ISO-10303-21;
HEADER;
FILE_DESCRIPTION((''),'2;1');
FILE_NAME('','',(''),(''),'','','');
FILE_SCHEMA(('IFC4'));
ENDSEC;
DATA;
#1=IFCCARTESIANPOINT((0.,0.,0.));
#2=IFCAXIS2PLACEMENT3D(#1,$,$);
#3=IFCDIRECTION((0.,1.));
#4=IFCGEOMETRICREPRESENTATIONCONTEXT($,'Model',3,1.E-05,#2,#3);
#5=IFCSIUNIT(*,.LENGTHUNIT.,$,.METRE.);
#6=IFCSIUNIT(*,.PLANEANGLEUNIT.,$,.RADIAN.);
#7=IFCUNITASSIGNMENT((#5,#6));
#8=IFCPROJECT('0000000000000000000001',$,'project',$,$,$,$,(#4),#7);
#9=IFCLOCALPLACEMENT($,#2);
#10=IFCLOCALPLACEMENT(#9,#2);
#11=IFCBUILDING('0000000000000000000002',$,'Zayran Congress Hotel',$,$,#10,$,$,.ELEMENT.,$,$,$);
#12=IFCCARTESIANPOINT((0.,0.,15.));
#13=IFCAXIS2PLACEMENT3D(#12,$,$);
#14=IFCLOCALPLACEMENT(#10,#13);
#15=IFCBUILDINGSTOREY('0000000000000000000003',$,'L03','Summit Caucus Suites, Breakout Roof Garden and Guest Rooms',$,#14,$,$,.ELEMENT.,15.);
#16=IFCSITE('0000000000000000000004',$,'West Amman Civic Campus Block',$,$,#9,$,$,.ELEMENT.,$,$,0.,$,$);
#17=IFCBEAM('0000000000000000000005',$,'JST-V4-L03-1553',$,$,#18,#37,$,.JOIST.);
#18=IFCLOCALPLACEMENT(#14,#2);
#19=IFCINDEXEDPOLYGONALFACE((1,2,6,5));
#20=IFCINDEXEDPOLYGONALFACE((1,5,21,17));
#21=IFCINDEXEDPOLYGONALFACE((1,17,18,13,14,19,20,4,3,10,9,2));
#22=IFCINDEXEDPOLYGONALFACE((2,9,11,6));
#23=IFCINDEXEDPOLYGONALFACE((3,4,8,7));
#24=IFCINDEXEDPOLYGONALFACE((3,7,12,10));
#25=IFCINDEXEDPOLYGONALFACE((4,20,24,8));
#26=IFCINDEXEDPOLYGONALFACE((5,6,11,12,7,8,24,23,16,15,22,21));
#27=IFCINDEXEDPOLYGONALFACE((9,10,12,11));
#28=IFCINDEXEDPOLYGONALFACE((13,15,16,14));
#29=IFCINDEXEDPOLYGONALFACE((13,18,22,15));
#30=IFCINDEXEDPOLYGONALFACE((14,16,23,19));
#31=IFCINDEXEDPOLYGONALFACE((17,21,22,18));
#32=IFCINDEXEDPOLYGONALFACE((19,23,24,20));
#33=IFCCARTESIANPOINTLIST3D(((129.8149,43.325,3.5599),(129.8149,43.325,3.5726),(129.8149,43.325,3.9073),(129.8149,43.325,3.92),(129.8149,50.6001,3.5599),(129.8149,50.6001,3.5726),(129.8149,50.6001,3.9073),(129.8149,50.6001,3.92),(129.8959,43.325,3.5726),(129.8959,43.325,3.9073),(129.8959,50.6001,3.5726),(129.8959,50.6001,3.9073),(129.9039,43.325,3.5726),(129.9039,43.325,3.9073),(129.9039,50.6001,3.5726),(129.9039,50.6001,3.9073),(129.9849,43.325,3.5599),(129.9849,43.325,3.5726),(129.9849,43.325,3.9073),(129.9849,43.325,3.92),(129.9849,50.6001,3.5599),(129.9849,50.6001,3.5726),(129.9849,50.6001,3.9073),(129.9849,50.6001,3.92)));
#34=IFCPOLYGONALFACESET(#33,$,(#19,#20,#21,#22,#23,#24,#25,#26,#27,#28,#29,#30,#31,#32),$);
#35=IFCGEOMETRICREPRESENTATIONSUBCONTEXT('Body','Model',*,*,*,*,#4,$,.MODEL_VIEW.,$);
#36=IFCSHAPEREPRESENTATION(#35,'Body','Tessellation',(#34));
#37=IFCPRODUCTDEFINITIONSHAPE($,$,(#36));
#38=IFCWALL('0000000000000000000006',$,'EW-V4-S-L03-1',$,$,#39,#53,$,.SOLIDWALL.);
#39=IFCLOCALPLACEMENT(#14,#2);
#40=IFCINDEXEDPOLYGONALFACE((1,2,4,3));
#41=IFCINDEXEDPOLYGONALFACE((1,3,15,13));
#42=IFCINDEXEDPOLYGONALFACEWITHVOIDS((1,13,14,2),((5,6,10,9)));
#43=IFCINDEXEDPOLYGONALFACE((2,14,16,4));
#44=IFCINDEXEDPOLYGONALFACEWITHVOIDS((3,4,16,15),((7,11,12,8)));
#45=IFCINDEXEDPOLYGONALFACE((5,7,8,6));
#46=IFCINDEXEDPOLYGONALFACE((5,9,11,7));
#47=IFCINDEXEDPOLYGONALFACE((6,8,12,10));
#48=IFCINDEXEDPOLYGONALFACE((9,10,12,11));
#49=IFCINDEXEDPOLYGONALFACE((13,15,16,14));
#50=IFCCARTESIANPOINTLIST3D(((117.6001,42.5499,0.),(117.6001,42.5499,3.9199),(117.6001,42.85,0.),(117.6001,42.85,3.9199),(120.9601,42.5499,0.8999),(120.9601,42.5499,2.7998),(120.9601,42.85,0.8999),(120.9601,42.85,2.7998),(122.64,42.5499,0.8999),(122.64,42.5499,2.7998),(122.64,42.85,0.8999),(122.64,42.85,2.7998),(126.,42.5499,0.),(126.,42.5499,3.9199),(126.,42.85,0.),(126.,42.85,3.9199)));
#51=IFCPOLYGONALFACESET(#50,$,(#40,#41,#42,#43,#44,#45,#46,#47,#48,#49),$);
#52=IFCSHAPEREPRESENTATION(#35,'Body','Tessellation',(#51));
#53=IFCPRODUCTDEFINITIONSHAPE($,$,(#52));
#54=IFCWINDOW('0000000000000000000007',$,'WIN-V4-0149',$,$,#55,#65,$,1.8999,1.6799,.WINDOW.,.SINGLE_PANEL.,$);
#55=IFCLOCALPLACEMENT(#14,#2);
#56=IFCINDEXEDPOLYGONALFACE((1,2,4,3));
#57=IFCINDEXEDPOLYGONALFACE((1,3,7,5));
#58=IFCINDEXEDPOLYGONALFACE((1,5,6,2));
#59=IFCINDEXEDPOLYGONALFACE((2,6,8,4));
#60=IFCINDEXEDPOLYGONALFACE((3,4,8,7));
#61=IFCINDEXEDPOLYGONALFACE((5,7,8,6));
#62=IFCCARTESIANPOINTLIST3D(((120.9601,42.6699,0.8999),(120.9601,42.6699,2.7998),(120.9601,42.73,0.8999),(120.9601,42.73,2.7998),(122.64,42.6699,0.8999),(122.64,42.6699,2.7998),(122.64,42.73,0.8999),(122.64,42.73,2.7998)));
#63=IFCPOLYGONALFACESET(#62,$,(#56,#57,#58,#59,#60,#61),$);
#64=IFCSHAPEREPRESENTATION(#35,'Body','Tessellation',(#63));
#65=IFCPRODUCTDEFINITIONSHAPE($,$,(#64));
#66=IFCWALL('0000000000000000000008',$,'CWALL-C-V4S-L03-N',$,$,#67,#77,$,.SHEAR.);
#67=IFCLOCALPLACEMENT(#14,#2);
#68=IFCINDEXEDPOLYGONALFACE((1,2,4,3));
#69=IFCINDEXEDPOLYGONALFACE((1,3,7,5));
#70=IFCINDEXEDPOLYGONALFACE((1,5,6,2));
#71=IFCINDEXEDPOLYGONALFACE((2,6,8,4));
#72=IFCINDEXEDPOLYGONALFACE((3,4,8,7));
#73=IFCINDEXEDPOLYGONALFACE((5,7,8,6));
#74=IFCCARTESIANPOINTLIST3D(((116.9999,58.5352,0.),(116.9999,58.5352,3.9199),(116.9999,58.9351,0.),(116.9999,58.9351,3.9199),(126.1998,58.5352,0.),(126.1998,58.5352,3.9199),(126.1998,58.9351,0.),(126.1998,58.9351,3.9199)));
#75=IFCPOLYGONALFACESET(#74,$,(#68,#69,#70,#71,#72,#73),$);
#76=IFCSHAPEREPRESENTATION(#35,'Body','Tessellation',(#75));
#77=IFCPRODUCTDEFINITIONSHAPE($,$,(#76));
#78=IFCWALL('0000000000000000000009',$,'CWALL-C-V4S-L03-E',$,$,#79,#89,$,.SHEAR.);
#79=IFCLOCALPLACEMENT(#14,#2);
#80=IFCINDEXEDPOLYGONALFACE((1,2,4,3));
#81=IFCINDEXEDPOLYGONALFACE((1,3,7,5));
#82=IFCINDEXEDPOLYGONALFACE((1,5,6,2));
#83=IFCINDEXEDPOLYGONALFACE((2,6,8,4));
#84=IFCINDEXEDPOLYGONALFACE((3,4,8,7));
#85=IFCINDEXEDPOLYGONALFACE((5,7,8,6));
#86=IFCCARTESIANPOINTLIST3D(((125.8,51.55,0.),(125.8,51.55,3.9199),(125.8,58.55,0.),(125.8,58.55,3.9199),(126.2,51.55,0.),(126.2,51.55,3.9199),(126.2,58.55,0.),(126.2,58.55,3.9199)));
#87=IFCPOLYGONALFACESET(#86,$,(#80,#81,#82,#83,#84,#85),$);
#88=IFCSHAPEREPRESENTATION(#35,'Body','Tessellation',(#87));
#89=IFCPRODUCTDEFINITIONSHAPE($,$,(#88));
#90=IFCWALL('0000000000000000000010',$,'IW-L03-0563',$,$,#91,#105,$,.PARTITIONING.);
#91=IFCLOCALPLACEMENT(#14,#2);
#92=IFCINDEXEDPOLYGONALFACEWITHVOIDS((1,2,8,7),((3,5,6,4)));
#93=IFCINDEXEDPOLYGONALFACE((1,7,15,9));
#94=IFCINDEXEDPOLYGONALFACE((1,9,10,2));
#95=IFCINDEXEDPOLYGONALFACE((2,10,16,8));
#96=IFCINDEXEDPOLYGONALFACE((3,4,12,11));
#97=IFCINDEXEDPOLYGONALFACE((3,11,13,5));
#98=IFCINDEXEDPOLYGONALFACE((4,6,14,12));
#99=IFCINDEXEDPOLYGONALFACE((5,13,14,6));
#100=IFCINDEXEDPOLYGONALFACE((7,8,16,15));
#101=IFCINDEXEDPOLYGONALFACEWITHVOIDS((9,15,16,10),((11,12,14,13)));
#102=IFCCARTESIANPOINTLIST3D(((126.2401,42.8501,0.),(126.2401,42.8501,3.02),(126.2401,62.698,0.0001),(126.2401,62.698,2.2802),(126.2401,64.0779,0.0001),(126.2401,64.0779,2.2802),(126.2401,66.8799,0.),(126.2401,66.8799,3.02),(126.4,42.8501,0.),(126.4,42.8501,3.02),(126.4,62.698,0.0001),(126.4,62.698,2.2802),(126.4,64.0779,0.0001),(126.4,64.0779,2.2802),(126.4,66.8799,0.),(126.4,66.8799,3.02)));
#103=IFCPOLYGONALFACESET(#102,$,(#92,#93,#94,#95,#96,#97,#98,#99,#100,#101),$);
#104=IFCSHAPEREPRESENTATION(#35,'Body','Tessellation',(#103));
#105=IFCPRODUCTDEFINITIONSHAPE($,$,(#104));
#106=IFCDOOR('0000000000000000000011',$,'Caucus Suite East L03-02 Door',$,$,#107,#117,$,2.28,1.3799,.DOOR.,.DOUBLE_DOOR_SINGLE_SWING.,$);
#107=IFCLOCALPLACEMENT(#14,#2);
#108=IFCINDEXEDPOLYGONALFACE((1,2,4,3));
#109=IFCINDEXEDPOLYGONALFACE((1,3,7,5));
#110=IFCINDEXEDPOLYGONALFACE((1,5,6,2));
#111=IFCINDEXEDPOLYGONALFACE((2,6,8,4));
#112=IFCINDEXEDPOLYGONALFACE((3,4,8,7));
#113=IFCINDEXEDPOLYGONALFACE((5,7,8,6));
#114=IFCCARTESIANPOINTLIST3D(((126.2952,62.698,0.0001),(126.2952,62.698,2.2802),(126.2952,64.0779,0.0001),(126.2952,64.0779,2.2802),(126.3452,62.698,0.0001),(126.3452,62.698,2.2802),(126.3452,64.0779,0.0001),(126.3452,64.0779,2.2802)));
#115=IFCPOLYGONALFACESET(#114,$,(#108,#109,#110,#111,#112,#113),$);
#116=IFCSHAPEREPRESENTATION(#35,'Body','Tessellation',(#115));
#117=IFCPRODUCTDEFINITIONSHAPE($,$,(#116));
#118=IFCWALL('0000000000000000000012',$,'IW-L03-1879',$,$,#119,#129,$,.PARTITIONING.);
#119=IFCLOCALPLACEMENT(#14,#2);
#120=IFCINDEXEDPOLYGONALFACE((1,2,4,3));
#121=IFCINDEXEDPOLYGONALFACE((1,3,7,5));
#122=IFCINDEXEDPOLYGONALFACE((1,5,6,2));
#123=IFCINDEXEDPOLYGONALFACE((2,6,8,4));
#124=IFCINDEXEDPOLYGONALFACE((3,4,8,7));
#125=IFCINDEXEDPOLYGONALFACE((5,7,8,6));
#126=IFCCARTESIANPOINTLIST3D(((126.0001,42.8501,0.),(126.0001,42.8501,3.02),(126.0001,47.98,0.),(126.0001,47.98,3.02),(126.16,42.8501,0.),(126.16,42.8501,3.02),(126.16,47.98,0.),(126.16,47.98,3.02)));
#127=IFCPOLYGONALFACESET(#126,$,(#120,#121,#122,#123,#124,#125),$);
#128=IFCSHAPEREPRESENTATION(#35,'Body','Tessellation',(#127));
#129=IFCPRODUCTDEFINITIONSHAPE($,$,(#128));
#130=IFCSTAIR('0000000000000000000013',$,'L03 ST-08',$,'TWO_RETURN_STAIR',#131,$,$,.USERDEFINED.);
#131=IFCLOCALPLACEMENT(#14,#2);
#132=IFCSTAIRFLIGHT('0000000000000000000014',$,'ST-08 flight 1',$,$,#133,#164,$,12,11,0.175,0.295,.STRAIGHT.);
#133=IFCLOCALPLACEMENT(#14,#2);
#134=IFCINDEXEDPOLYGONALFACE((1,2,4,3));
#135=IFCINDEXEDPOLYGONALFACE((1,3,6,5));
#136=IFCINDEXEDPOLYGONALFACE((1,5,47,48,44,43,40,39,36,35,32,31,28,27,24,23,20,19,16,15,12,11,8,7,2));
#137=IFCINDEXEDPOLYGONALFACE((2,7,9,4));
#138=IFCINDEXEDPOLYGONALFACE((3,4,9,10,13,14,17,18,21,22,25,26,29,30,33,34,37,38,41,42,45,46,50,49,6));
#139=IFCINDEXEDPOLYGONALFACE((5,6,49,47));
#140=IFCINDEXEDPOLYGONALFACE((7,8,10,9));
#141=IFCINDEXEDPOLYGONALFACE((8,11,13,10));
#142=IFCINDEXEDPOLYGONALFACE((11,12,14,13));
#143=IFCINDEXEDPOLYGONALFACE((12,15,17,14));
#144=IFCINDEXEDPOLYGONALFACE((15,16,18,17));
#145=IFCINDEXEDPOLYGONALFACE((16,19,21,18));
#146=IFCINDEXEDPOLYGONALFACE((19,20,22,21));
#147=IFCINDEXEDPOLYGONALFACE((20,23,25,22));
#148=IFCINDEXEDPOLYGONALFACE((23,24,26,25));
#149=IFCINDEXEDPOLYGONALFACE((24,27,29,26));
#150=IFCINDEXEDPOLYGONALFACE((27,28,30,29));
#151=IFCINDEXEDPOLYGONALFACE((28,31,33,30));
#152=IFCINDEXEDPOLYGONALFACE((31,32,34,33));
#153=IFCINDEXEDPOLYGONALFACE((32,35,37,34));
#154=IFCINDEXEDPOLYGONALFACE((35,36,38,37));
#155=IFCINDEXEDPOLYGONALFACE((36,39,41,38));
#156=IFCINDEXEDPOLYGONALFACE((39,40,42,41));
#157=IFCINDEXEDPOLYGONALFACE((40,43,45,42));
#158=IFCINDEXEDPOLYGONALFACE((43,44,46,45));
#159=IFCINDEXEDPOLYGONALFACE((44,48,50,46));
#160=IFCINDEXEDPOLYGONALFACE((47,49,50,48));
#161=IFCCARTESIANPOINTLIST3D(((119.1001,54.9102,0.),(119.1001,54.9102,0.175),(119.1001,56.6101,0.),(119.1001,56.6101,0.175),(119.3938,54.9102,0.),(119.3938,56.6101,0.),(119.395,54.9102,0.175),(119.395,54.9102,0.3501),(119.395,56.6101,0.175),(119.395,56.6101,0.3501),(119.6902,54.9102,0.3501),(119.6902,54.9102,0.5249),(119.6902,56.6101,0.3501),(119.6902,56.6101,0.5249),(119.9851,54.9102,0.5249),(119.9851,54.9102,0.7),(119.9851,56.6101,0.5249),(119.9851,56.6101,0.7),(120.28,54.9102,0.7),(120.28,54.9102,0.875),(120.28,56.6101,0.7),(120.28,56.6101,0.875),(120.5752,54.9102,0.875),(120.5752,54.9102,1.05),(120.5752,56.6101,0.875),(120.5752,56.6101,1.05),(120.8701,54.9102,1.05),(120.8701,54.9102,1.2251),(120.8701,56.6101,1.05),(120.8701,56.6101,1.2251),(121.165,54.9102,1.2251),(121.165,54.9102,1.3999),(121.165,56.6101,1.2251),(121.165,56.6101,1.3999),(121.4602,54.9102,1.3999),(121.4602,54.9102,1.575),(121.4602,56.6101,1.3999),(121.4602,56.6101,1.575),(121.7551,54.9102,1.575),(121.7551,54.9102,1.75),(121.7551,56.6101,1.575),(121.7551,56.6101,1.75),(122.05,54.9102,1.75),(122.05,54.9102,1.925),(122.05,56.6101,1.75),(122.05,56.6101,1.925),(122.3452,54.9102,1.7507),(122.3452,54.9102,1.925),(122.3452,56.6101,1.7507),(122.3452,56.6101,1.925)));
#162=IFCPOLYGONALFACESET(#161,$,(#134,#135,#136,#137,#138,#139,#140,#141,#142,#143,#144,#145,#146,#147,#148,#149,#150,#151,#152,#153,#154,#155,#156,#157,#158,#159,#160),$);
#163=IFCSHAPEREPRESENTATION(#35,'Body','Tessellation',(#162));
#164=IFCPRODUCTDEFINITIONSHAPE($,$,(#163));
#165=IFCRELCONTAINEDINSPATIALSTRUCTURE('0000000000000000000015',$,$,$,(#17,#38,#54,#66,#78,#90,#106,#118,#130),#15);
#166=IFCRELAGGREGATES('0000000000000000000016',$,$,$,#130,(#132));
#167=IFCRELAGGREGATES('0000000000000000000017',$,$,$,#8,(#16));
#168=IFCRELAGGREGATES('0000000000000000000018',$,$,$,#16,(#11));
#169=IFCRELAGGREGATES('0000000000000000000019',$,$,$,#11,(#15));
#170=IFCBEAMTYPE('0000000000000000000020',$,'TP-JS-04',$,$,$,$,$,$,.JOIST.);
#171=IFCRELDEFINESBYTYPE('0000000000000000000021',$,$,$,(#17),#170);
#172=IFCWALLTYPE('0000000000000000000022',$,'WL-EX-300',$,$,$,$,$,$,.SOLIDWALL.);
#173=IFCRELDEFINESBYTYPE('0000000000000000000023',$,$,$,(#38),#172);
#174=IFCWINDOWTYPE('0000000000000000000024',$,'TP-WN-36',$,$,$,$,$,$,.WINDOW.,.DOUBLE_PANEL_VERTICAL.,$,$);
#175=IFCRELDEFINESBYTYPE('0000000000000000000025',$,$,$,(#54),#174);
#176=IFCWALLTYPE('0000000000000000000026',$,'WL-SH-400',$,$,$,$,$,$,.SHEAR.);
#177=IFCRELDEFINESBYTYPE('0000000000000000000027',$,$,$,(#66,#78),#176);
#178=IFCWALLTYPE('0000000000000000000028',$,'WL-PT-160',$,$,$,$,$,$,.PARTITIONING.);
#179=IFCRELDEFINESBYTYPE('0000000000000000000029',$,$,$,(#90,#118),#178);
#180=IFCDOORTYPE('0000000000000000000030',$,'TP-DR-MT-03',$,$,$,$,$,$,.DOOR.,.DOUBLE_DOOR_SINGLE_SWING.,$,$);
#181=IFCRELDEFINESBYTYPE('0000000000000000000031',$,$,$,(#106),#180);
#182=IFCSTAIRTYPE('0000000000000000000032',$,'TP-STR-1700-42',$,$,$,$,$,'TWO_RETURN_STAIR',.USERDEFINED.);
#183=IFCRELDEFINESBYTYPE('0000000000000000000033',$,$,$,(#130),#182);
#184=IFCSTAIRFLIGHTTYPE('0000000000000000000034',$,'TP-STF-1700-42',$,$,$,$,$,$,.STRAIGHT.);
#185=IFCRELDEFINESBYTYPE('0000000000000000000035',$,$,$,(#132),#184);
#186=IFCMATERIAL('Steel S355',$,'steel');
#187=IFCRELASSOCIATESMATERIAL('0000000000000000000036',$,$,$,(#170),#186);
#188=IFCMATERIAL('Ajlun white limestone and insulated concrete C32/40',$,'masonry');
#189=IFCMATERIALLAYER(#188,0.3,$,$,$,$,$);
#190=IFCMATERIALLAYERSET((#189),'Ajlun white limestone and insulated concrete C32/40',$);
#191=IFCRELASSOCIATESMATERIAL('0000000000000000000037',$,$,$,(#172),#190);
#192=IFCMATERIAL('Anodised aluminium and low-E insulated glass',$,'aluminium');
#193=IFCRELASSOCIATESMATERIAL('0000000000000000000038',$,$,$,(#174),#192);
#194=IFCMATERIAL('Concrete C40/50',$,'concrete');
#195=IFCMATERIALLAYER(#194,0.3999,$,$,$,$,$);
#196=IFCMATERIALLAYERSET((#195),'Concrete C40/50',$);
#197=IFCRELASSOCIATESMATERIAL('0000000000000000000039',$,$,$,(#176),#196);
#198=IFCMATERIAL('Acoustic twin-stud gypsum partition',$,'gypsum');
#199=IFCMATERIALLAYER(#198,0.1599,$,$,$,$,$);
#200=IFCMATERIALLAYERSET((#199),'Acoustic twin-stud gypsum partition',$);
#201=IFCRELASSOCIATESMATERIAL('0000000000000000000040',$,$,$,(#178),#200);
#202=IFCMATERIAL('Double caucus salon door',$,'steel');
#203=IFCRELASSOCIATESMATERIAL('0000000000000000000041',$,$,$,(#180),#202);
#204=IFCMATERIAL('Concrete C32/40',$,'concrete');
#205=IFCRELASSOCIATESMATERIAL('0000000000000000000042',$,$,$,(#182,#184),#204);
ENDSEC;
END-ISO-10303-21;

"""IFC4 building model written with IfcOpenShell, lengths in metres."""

from ifc_helpers import new_model, si_unit, direction, frame, frame_2d, origin, origin_2d, place, context, subcontext, project, spatial, polyline, rectangle, i_section, outline, extrude, material, layer, layer_set, material_profile, profile_set, type_object, element, fill, aggregate, save


model = new_model("IFC4")

# Units and contexts
model_context = context("Model", 3, precision=1e-05, world=origin(), true_north=direction((0.0, 1.0)))
body_context = subcontext(model_context, "Body", "Model", "MODEL_VIEW")
ifc_project = project(units=[si_unit("LENGTHUNIT", "METRE"), si_unit("PLANEANGLEUNIT", "RADIAN")], contexts=[model_context])

# Site, building, storey
site_placement = place(None, origin())
site = spatial("IfcSite", under=ifc_project, at=site_placement, Name="West Amman Civic Campus Block", CompositionType="ELEMENT", RefElevation=0.0)
building_placement = place(site_placement, origin())
building = spatial("IfcBuilding", under=site, at=building_placement, Name="Zayran Congress Hotel", CompositionType="ELEMENT")
storey_placement = place(building_placement, frame((0.0, 0.0, 15.0)))
storey = spatial("IfcBuildingStorey", under=building, at=storey_placement, Name="L03", Description="Summit Caucus Suites, Breakout Roof Garden and Guest Rooms", CompositionType="ELEMENT", Elevation=15.0)

# Shared definitions
ifc_material_1 = material(Name="Concrete C40/50", Category="concrete")

# Beam
ifc_material_2 = material(Name="Steel S355", Category="steel")
ifc_material_profile_1 = material_profile(ifc_material_2, i_section(OverallWidth=0.1699, OverallDepth=0.3601, WebThickness=0.0081, FlangeThickness=0.0127, at=origin_2d()), Name="IPE 360")
ifc_profile_set_1 = profile_set([ifc_material_profile_1], Name="Steel S355")
beam_type_1 = type_object("IfcBeamType", Name="TP-JS-04", PredefinedType="JOIST", material=ifc_profile_set_1)
beam_1_placement = place(storey_placement, frame((129.8999, 43.325, 3.74), z_axis=(0.0, 1.0, 0.0), x_axis=(-1.0, 0.0, 0.0)))
element("IfcBeam", 1, at=beam_1_placement, inside=storey, type_object=beam_type_1, Name="JST-V4-L03-1553", PredefinedType="JOIST", context=body_context, shape_type="SweptSolid", body=[
    extrude(i_section(OverallWidth=0.1699, OverallDepth=0.3601, WebThickness=0.0081, FlangeThickness=0.0127, at=origin_2d()), origin(), (0.0, 0.0, 1.0), 7.2751),
])

# Wall, opening, window
ifc_material_3 = material(Name="Ajlun white limestone and insulated concrete C32/40", Category="masonry")
ifc_layer_1 = layer(ifc_material_3, 0.3)
ifc_layer_set_1 = layer_set([ifc_layer_1], Name="Ajlun white limestone and insulated concrete C32/40")
wall_type_1 = type_object("IfcWallType", Name="WL-EX-300", PredefinedType="SOLIDWALL", material=ifc_layer_set_1)
wall_1_placement = place(storey_placement, frame((126.0, 42.7, 0.0), z_axis=(0.0, 0.0, 1.0), x_axis=(-1.0, 0.0, 0.0)))
wall_1 = element("IfcWall", 2, at=wall_1_placement, inside=storey, type_object=wall_type_1, Name="EW-V4-S-L03-1", PredefinedType="SOLIDWALL", context=body_context, shape_type="SweptSolid", body=[
    extrude(rectangle(XDim=8.3999, YDim=0.3, at=frame_2d((4.2, 0.0))), origin(), (0.0, 0.0, 1.0), 3.9199),
])
opening_1_placement = place(wall_1_placement, frame((3.3601, 0.0, 0.8999)))
opening_1 = element("IfcOpeningElement", 3, at=opening_1_placement, cuts=wall_1, PredefinedType="OPENING", context=body_context, shape_type="SweptSolid", body=[
    extrude(rectangle(XDim=1.6799, YDim=1.8999, at=frame_2d((0.8398, 0.95))), frame((0.0, 0.1599, 0.0), z_axis=(0.0, -1.0, 0.0), x_axis=(1.0, 0.0, 0.0)), (0.0, 0.0, 1.0), 0.3201),
])
ifc_material_4 = material(Name="Anodised aluminium and low-E insulated glass", Category="aluminium")
window_type = type_object("IfcWindowType", Name="TP-WN-36", PartitioningType="DOUBLE_PANEL_VERTICAL", PredefinedType="WINDOW", material=ifc_material_4)
window_placement = place(opening_1_placement, origin())
window = element("IfcWindow", 4, at=window_placement, inside=storey, type_object=window_type, Name="WIN-V4-0149", OverallHeight=1.8999, OverallWidth=1.6799, PartitioningType="SINGLE_PANEL", PredefinedType="WINDOW", context=body_context, shape_type="SweptSolid", body=[
    extrude(rectangle(XDim=1.6799, YDim=1.8999, at=frame_2d((0.8398, 0.95))), frame((0.0, 0.03, 0.0), z_axis=(0.0, -1.0, 0.0), x_axis=(1.0, 0.0, 0.0)), (0.0, 0.0, 1.0), 0.0601),
])
fill(opening_1, window)

# Walls
ifc_layer_2 = layer(ifc_material_1, 0.3999)
ifc_layer_set_2 = layer_set([ifc_layer_2], Name="Concrete C40/50")
wall_type_2 = type_object("IfcWallType", Name="WL-SH-400", PredefinedType="SHEAR", material=ifc_layer_set_2)
wall_2_placement = place(storey_placement, frame((126.2, 58.7351, 0.0), z_axis=(0.0, 0.0, 1.0), x_axis=(-1.0, 0.0, 0.0)))
element("IfcWall", 5, at=wall_2_placement, inside=storey, type_object=wall_type_2, Name="CWALL-C-V4S-L03-N", PredefinedType="SHEAR", context=body_context, shape_type="SweptSolid", body=[
    extrude(rectangle(XDim=9.2, YDim=0.3999, at=frame_2d((4.6001, 0.0))), origin(), (0.0, 0.0, 1.0), 3.9199),
])
wall_3_placement = place(storey_placement, frame((126.0, 51.55, 0.0), z_axis=(0.0, 0.0, 1.0), x_axis=(0.0, 1.0, 0.0)))
element("IfcWall", 6, at=wall_3_placement, inside=storey, type_object=wall_type_2, Name="CWALL-C-V4S-L03-E", PredefinedType="SHEAR", context=body_context, shape_type="SweptSolid", body=[
    extrude(rectangle(XDim=7.0, YDim=0.3999, at=frame_2d((3.5, 0.0))), origin(), (0.0, 0.0, 1.0), 3.9199),
])

# Wall, opening, door
ifc_material_5 = material(Name="Acoustic twin-stud gypsum partition", Category="gypsum")
ifc_layer_3 = layer(ifc_material_5, 0.1599)
ifc_layer_set_3 = layer_set([ifc_layer_3], Name="Acoustic twin-stud gypsum partition")
wall_type_3 = type_object("IfcWallType", Name="WL-PT-160", PredefinedType="PARTITIONING", material=ifc_layer_set_3)
wall_4_placement = place(storey_placement, frame((126.3201, 42.8501, 0.0), z_axis=(0.0, 0.0, 1.0), x_axis=(0.0, 1.0, 0.0)))
wall_4 = element("IfcWall", 7, at=wall_4_placement, inside=storey, type_object=wall_type_3, Name="IW-L03-0563", PredefinedType="PARTITIONING", context=body_context, shape_type="SweptSolid", body=[
    extrude(rectangle(XDim=24.0298, YDim=0.1599, at=frame_2d((12.0149, 0.0))), origin(), (0.0, 0.0, 1.0), 3.02),
])
opening_2_placement = place(wall_4_placement, frame((19.8479, 0.0, 0.0)))
opening_2 = element("IfcOpeningElement", 8, at=opening_2_placement, cuts=wall_4, PredefinedType="OPENING", context=body_context, shape_type="SweptSolid", body=[
    extrude(rectangle(XDim=1.3799, YDim=2.28, at=frame_2d((0.6899, 1.1401))), frame((0.0, 0.0898, 0.0), z_axis=(0.0, -1.0, 0.0), x_axis=(1.0, 0.0, 0.0)), (0.0, 0.0, 1.0), 0.1799),
])
ifc_material_6 = material(Name="Double caucus salon door", Category="steel")
door_type = type_object("IfcDoorType", Name="TP-DR-MT-03", OperationType="DOUBLE_DOOR_SINGLE_SWING", PredefinedType="DOOR", material=ifc_material_6)
door_placement = place(opening_2_placement, origin())
door = element("IfcDoor", 9, at=door_placement, inside=storey, type_object=door_type, Name="Caucus Suite East L03-02 Door", OperationType="DOUBLE_DOOR_SINGLE_SWING", OverallHeight=2.28, OverallWidth=1.3799, PredefinedType="DOOR", context=body_context, shape_type="SweptSolid", body=[
    extrude(rectangle(XDim=1.3799, YDim=2.28, at=frame_2d((0.6899, 1.1401))), frame((0.0, 0.0249, 0.0), z_axis=(0.0, -1.0, 0.0), x_axis=(1.0, 0.0, 0.0)), (0.0, 0.0, 1.0), 0.05),
])
fill(opening_2, door)

# Wall
wall_5_placement = place(storey_placement, frame((126.0801, 42.8501, 0.0), z_axis=(0.0, 0.0, 1.0), x_axis=(0.0, 1.0, 0.0)))
element("IfcWall", 10, at=wall_5_placement, inside=storey, type_object=wall_type_3, Name="IW-L03-1879", PredefinedType="PARTITIONING", context=body_context, shape_type="SweptSolid", body=[
    extrude(rectangle(XDim=5.1299, YDim=0.1599, at=frame_2d((2.5649, 0.0))), origin(), (0.0, 0.0, 1.0), 3.02),
])

# Stair, stair flight
ifc_material_7 = material(Name="Concrete C32/40", Category="concrete")
stair_type = type_object("IfcStairType", Name="TP-STR-1700-42", ElementType="TWO_RETURN_STAIR", PredefinedType="USERDEFINED", material=ifc_material_7)
stair_placement = place(storey_placement, origin())
stair = element("IfcStair", 11, at=stair_placement, inside=storey, type_object=stair_type, Name="L03 ST-08", ObjectType="TWO_RETURN_STAIR", PredefinedType="USERDEFINED")
stair_flight_type = type_object("IfcStairFlightType", Name="TP-STF-1700-42", PredefinedType="STRAIGHT", material=ifc_material_7)
stair_flight_1_placement = place(storey_placement, frame((119.1001, 55.76, 0.0), z_axis=(0.0, 0.0, 1.0), x_axis=(1.0, 0.0, 0.0)))
stair_flight_1 = element("IfcStairFlight", 12, at=stair_flight_1_placement, type_object=stair_flight_type, Name="ST-08 flight 1", NumberOfRisers=12, NumberOfTreads=11, PredefinedType="STRAIGHT", RiserHeight=0.175, TreadLength=0.295, context=body_context, shape_type="SweptSolid", body=[
    extrude(outline(polyline([(0.0, 0.0), (0.0, 0.175), (0.2949, 0.175), (0.2949, 0.3501), (0.5901, 0.3501), (0.5901, 0.5249), (0.885, 0.5249), (0.885, 0.7), (1.1799, 0.7), (1.1799, 0.875), (1.4751, 0.875), (1.4751, 1.05), (1.77, 1.05), (1.77, 1.2251), (2.0649, 1.2251), (2.0649, 1.3999), (2.3601, 1.3999), (2.3601, 1.575), (2.655, 1.575), (2.655, 1.75), (2.95, 1.75), (2.95, 1.925), (3.2451, 1.925), (3.2451, 2.1001), (3.2451, 1.7507), (0.2937, 0.0), (0.0, 0.0)])), frame((0.0, 0.8501, 0.0), z_axis=(0.0, -1.0, 0.0), x_axis=(1.0, 0.0, 0.0)), (0.0, 0.0, 1.0), 1.7),
])
aggregate(stair, [stair_flight_1])

save(model, "model.ifc")
